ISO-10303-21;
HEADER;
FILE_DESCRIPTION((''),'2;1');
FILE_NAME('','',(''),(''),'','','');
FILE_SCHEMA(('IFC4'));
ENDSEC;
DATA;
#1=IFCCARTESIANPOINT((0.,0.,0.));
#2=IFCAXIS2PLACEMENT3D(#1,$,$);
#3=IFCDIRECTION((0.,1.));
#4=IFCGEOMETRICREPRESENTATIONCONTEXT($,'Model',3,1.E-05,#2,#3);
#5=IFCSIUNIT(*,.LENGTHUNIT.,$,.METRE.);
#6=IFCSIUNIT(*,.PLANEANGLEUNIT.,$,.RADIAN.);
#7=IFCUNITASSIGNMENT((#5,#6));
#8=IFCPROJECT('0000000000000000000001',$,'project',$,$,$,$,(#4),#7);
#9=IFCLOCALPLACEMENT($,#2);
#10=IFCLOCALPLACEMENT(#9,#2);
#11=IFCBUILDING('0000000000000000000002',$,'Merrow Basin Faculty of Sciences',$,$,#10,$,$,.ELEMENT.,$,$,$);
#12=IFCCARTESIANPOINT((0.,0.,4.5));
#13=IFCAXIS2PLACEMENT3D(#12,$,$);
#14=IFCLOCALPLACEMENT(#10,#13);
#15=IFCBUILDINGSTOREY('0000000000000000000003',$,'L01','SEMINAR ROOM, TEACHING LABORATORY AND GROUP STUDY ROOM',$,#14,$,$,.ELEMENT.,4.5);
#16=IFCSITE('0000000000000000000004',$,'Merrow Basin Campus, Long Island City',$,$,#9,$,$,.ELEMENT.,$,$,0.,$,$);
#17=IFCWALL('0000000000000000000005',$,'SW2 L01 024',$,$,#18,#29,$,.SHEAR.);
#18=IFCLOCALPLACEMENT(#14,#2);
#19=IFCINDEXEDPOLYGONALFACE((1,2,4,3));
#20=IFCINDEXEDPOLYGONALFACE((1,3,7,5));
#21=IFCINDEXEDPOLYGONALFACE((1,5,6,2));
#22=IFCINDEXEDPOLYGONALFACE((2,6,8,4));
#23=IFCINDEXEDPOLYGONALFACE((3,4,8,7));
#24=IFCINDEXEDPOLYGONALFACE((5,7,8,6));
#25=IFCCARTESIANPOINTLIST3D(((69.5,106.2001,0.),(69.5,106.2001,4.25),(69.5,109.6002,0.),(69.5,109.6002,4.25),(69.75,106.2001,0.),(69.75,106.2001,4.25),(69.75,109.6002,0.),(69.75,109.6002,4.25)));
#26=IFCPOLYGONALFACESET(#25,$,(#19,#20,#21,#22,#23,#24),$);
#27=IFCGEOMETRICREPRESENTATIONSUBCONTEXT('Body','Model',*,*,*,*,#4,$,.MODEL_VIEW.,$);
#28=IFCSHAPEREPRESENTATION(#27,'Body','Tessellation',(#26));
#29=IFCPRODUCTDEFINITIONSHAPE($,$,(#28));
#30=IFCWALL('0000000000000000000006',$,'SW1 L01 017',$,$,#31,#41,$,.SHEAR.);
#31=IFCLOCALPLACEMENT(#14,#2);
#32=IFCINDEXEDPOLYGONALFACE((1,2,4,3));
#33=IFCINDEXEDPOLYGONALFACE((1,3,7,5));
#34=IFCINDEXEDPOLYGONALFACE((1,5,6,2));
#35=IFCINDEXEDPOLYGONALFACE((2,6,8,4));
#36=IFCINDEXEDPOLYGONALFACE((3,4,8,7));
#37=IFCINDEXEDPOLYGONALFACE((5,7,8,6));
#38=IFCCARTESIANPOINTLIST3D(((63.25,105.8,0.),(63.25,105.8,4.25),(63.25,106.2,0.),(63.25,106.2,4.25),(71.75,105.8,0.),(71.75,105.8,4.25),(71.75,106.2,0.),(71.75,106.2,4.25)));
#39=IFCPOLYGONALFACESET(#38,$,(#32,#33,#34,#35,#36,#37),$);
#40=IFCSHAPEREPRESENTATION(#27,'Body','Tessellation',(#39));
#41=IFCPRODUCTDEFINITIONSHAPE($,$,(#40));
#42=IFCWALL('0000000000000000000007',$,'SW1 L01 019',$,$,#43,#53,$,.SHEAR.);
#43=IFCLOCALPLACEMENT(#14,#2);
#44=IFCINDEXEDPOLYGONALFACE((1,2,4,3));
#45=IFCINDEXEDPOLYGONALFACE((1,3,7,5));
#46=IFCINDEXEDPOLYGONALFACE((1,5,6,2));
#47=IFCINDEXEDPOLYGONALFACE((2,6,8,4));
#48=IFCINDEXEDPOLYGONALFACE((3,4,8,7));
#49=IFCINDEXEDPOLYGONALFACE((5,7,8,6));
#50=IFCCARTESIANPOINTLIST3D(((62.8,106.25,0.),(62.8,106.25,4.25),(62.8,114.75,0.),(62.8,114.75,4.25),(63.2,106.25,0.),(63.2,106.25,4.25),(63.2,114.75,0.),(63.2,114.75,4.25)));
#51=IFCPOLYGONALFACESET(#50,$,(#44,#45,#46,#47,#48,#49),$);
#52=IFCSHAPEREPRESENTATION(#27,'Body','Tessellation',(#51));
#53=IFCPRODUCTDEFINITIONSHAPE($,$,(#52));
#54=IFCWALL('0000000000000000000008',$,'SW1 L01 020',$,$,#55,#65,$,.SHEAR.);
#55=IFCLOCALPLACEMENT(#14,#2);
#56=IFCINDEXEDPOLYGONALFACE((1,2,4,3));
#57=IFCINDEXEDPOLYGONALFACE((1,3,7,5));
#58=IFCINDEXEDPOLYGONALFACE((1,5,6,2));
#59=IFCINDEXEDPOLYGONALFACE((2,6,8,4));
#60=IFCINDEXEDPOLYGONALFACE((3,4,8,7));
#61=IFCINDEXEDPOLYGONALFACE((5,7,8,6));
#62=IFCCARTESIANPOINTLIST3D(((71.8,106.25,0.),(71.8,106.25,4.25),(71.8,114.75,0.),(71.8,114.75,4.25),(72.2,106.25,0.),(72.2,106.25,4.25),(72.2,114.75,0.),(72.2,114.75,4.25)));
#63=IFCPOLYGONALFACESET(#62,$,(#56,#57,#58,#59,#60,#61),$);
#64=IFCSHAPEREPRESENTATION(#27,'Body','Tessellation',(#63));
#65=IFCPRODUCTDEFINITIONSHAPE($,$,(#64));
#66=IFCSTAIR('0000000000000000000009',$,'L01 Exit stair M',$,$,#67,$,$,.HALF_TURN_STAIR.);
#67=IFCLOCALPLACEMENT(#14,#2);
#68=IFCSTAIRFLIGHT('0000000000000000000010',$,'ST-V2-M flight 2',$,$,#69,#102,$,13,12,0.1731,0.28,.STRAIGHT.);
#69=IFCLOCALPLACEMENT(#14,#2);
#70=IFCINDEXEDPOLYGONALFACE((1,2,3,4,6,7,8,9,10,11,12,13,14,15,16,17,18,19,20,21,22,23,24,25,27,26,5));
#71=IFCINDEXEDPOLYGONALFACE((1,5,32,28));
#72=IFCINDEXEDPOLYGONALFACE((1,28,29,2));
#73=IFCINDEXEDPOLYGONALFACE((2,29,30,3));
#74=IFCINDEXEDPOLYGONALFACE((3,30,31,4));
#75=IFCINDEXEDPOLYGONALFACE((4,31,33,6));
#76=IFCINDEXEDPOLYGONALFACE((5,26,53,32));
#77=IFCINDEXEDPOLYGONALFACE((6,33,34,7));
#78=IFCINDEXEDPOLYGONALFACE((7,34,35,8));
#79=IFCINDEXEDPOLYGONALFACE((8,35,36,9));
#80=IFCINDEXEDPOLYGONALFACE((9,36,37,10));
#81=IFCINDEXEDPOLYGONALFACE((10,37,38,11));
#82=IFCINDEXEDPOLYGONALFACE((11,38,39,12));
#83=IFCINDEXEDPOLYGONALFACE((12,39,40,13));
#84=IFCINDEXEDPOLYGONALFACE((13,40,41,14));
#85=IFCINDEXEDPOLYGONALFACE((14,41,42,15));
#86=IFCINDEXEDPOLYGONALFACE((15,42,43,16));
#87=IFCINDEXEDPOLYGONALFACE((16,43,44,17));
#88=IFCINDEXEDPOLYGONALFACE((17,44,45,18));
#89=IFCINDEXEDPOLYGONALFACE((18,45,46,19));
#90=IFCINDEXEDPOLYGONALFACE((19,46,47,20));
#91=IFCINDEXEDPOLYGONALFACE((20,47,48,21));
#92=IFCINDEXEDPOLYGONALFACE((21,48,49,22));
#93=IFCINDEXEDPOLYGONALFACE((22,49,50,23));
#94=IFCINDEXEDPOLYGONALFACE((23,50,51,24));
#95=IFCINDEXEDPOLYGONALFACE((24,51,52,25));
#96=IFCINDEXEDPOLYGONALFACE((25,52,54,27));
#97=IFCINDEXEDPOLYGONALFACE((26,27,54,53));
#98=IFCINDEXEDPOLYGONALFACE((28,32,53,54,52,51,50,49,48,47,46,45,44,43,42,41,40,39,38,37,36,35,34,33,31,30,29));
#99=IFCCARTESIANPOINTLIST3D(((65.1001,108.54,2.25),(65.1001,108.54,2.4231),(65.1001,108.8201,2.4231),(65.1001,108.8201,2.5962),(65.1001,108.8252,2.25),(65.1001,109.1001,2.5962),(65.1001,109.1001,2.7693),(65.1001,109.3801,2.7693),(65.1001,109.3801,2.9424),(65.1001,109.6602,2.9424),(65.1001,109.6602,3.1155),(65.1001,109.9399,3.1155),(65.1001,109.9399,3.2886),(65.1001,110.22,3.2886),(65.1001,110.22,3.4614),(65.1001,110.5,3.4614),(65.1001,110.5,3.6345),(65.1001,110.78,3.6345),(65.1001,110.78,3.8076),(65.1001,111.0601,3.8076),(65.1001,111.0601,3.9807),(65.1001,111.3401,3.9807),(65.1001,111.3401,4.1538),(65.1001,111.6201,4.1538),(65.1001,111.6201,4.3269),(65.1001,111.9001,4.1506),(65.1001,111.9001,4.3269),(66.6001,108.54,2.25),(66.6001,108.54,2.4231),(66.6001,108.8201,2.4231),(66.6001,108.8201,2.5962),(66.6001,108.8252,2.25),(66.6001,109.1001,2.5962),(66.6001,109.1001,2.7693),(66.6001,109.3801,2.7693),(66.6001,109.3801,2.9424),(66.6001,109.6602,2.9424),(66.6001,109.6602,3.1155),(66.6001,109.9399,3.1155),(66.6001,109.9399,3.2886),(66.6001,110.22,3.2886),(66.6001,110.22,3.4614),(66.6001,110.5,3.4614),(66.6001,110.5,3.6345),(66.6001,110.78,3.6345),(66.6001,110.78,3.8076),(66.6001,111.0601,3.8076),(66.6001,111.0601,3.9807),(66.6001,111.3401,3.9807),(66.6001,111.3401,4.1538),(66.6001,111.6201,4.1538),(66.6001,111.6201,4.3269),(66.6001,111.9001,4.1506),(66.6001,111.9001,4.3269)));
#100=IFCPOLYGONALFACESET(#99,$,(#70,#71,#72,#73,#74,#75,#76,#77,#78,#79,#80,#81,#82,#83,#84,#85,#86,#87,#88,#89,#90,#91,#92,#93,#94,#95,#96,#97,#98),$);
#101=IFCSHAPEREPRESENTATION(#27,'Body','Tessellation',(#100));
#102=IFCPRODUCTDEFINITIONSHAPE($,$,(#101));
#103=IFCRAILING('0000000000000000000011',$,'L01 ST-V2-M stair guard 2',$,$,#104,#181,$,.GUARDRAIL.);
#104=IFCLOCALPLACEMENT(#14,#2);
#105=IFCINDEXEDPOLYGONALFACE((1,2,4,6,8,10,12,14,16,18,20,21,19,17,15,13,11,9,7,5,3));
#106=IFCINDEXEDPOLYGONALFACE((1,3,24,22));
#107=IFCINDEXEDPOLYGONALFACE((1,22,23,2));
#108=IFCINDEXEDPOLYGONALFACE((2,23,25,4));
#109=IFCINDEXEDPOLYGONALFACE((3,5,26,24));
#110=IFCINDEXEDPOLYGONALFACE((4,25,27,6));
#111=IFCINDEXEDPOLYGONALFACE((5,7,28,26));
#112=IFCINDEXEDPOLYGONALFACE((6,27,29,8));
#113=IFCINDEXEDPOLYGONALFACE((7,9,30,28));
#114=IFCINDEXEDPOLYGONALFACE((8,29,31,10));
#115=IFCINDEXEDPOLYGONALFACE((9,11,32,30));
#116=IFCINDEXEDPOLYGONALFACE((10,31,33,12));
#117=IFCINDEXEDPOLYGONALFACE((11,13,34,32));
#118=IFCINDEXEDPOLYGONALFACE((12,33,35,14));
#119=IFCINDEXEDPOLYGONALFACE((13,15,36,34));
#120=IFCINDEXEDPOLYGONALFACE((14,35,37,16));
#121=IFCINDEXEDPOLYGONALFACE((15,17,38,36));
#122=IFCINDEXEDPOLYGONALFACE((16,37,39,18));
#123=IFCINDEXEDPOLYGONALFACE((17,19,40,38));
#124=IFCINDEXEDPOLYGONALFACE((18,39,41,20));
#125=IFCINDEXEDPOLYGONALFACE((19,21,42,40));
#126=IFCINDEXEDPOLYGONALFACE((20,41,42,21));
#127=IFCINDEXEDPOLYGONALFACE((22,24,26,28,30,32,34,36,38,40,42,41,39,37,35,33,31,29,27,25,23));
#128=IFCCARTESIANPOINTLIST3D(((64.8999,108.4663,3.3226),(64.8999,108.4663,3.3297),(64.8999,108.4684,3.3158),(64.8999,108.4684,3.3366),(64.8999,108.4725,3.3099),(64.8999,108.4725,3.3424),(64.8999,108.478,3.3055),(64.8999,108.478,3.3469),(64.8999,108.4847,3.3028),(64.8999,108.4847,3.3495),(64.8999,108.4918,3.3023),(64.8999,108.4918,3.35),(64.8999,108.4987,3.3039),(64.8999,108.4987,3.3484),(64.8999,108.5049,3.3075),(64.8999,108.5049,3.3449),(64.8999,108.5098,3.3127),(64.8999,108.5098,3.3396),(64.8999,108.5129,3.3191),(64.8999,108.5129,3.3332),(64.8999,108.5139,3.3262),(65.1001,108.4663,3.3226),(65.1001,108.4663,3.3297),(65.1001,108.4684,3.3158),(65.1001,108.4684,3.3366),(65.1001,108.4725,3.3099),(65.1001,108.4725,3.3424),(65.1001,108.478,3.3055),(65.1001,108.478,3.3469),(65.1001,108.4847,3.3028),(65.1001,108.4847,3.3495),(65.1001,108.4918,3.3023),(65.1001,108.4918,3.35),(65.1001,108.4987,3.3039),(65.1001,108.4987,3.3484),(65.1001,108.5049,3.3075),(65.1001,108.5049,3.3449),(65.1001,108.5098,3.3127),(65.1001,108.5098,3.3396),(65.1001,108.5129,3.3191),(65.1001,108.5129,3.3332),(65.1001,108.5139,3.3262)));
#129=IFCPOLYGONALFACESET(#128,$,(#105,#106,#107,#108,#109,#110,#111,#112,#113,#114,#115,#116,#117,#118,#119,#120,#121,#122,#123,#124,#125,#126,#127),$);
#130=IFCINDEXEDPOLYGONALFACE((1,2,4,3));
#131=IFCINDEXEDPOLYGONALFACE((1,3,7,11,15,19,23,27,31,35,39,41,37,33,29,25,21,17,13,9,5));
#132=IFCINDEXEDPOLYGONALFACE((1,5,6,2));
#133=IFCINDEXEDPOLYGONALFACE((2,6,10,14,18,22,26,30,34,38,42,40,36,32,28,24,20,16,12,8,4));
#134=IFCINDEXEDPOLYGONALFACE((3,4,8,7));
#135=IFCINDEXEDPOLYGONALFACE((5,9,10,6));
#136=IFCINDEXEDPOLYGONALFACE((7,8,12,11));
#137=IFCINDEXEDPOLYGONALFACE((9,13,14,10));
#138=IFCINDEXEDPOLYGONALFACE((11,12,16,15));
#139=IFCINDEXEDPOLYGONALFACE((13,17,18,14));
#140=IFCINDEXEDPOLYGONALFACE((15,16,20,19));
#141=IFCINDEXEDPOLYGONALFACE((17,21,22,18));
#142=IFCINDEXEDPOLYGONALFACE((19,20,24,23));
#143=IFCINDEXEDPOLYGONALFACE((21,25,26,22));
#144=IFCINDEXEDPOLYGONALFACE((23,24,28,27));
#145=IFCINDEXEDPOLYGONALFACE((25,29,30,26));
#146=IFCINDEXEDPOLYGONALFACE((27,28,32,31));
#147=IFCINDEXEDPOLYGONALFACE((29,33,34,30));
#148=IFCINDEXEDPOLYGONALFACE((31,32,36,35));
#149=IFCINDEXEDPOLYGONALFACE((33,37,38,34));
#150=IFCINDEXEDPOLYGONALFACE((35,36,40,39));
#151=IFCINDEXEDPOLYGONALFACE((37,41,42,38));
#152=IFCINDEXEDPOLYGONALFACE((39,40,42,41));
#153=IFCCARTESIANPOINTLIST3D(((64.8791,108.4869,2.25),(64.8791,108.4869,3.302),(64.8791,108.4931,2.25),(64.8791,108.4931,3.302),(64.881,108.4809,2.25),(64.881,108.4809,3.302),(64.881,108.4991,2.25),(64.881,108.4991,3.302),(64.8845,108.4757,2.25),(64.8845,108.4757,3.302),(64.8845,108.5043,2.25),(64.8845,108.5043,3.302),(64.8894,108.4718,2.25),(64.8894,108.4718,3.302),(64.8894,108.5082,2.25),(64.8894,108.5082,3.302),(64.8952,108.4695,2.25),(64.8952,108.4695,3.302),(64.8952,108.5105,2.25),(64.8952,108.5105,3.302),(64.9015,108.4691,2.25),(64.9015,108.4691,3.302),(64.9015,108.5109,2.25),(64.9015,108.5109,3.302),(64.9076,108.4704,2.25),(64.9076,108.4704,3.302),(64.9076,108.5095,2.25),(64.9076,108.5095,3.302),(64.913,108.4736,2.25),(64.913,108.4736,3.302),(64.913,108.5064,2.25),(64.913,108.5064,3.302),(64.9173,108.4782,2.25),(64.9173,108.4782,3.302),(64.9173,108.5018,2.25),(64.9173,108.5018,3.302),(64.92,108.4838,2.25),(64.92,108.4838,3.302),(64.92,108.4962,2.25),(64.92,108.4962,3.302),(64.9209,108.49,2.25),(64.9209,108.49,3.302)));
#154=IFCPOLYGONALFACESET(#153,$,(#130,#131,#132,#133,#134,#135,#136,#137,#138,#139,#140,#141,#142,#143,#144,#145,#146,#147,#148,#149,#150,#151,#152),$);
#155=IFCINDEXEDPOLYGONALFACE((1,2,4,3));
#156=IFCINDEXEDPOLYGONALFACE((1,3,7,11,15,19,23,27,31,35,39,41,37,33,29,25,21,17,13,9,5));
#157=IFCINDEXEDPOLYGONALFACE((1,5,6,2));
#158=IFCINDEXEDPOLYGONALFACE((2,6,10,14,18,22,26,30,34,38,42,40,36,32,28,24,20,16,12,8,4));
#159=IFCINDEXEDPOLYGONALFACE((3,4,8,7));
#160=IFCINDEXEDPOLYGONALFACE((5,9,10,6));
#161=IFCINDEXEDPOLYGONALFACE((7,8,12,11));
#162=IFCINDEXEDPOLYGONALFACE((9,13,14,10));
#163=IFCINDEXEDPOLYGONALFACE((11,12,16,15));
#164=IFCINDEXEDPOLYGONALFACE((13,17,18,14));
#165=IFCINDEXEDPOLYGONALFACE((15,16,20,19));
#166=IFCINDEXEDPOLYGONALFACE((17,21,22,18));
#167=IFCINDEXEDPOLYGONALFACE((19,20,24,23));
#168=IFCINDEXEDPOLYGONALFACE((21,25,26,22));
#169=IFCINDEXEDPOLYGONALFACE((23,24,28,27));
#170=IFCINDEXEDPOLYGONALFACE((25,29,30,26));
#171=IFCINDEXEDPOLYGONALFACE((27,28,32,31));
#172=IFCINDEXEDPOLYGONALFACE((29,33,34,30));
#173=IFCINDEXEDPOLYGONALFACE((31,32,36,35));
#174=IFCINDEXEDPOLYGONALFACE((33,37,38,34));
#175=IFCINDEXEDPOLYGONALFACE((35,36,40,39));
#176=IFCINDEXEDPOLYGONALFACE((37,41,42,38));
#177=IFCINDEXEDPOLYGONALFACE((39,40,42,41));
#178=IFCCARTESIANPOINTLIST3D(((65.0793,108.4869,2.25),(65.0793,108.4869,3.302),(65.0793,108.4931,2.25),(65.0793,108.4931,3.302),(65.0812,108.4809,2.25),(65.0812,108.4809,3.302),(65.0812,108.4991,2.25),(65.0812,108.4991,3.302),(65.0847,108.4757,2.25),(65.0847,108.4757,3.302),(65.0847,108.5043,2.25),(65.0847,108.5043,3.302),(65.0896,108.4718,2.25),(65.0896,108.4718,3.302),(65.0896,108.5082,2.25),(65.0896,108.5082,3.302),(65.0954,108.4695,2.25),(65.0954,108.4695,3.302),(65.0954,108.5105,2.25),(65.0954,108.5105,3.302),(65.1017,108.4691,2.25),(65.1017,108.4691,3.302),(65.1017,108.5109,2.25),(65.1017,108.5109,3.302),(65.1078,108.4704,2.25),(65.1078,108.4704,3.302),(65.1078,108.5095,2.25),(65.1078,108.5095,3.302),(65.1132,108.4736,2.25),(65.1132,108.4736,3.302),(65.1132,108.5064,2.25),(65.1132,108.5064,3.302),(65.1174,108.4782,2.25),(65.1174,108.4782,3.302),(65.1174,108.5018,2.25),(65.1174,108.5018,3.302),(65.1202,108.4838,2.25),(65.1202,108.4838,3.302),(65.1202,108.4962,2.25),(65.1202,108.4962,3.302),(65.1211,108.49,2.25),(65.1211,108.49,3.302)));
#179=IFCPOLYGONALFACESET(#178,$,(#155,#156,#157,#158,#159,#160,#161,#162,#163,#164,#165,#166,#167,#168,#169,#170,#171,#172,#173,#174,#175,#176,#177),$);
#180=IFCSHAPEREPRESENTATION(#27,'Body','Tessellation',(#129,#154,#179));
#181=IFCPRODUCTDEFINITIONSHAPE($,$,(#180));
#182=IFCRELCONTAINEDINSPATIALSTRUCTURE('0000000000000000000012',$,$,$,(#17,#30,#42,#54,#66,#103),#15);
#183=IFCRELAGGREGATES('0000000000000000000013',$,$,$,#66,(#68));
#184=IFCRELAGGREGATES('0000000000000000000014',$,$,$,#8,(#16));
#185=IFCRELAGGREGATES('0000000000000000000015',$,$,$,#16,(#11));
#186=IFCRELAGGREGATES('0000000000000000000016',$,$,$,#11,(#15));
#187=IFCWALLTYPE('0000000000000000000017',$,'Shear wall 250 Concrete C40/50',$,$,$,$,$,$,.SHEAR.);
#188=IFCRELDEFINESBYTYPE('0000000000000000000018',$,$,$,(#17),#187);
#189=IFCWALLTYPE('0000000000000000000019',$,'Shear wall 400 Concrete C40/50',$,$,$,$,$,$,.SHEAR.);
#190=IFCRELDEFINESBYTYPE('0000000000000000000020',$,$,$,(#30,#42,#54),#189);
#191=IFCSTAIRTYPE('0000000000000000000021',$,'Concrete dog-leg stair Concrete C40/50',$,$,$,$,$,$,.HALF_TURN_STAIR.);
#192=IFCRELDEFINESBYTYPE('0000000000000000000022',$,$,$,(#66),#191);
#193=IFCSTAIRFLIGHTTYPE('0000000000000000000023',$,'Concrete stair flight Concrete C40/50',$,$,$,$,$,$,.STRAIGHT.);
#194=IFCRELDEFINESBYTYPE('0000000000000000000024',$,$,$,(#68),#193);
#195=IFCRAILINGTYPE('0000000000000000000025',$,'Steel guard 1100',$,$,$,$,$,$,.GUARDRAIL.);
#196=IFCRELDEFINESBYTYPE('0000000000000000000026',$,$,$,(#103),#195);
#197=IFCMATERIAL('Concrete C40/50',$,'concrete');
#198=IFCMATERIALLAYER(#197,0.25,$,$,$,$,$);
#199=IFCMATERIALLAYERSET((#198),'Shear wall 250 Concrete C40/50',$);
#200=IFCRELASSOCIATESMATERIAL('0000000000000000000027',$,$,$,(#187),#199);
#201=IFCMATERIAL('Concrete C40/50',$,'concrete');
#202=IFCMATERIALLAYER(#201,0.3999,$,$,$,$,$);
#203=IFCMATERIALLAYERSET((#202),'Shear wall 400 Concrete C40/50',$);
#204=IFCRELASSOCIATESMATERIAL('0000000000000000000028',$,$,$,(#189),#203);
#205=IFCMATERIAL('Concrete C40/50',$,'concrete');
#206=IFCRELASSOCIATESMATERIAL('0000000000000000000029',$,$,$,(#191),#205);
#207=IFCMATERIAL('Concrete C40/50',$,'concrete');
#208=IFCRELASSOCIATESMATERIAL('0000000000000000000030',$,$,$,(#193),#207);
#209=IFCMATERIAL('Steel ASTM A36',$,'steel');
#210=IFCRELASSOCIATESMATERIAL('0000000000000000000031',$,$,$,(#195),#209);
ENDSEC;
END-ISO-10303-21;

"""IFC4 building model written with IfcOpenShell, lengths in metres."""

from ifc_helpers import new_model, si_unit, direction, frame, frame_2d, origin, origin_2d, place, context, subcontext, project, spatial, polyline, rectangle, circle, outline, extrude, material, layer, layer_set, type_object, element, aggregate, save


model = new_model("IFC4")

# Units and contexts
model_context = context("Model", 3, precision=1e-05, world=origin(), true_north=direction((0.0, 1.0)))
body_context = subcontext(model_context, "Body", "Model", "MODEL_VIEW")
ifc_project = project(units=[si_unit("LENGTHUNIT", "METRE"), si_unit("PLANEANGLEUNIT", "RADIAN")], contexts=[model_context])

# Site, building, storey
site_placement = place(None, origin())
site = spatial("IfcSite", under=ifc_project, at=site_placement, Name="Merrow Basin Campus, Long Island City", CompositionType="ELEMENT", RefElevation=0.0)
building_placement = place(site_placement, origin())
building = spatial("IfcBuilding", under=site, at=building_placement, Name="Merrow Basin Faculty of Sciences", CompositionType="ELEMENT")
storey_placement = place(building_placement, frame((0.0, 0.0, 4.5)))
storey = spatial("IfcBuildingStorey", under=building, at=storey_placement, Name="L01", Description="SEMINAR ROOM, TEACHING LABORATORY AND GROUP STUDY ROOM", CompositionType="ELEMENT", Elevation=4.5)

# Shared definitions
ifc_material_1 = material(Name="Concrete C40/50", Category="concrete")
ifc_layer_1 = layer(ifc_material_1, 0.25)
ifc_layer_set_1 = layer_set([ifc_layer_1], Name="Shear wall 250 Concrete C40/50")
wall_type_1 = type_object("IfcWallType", Name="Shear wall 250 Concrete C40/50", PredefinedType="SHEAR", material=ifc_layer_set_1)

# Walls
wall_1_placement = place(storey_placement, frame((69.625, 106.2, 0.0), z_axis=(0.0, 0.0, 1.0), x_axis=(0.0, 1.0, 0.0)))
element("IfcWall", 1, at=wall_1_placement, inside=storey, type_object=wall_type_1, Name="SW2 L01 024", PredefinedType="SHEAR", context=body_context, shape_type="SweptSolid", body=[
    extrude(rectangle(XDim=3.4001, YDim=0.25, at=frame_2d((1.7002, 0.0))), origin(), (0.0, 0.0, 1.0), 4.25),
])
ifc_material_2 = material(Name="Concrete C40/50", Category="concrete")
ifc_layer_2 = layer(ifc_material_2, 0.3999)
ifc_layer_set_2 = layer_set([ifc_layer_2], Name="Shear wall 400 Concrete C40/50")
wall_type_2 = type_object("IfcWallType", Name="Shear wall 400 Concrete C40/50", PredefinedType="SHEAR", material=ifc_layer_set_2)
for number, where, z_axis, x_axis, name in (
    (2, (63.25, 106.0, 0.0), (0.0, 0.0, 1.0), (1.0, 0.0, 0.0), "SW1 L01 017"),
    (3, (63.0, 106.25, 0.0), (0.0, 0.0, 1.0), (0.0, 1.0, 0.0), "SW1 L01 019"),
    (4, (72.0, 106.25, 0.0), (0.0, 0.0, 1.0), (0.0, 1.0, 0.0), "SW1 L01 020"),
):
    element("IfcWall", number, at=place(storey_placement, frame(where, z_axis=z_axis, x_axis=x_axis)), inside=storey, type_object=wall_type_2, Name=name, PredefinedType="SHEAR", context=body_context, shape_type="SweptSolid", body=[
        extrude(rectangle(XDim=8.5, YDim=0.3999, at=frame_2d((4.25, 0.0))), origin(), (0.0, 0.0, 1.0), 4.25),
    ])

# Stair, stair flight
ifc_material_3 = material(Name="Concrete C40/50", Category="concrete")
stair_type = type_object("IfcStairType", Name="Concrete dog-leg stair Concrete C40/50", PredefinedType="HALF_TURN_STAIR", material=ifc_material_3)
stair_placement = place(storey_placement, origin())
stair = element("IfcStair", 5, at=stair_placement, inside=storey, type_object=stair_type, Name="L01 Exit stair M", PredefinedType="HALF_TURN_STAIR")
ifc_material_4 = material(Name="Concrete C40/50", Category="concrete")
stair_flight_type = type_object("IfcStairFlightType", Name="Concrete stair flight Concrete C40/50", PredefinedType="STRAIGHT", material=ifc_material_4)
stair_flight_placement = place(storey_placement, frame((65.8501, 108.54, 2.25), z_axis=(0.0, 0.0, 1.0), x_axis=(0.0, 1.0, 0.0)))
stair_flight = element("IfcStairFlight", 6, at=stair_flight_placement, type_object=stair_flight_type, Name="ST-V2-M flight 2", NumberOfRisers=13, NumberOfTreads=12, PredefinedType="STRAIGHT", RiserHeight=0.1731, TreadLength=0.28, context=body_context, shape_type="SweptSolid", body=[
    extrude(outline(polyline([(0.0, 0.0), (0.0, 0.1731), (0.28, 0.1731), (0.28, 0.3462), (0.5601, 0.3462), (0.5601, 0.5193), (0.8401, 0.5193), (0.8401, 0.6924), (1.1201, 0.6924), (1.1201, 0.8655), (1.3999, 0.8655), (1.3999, 1.0386), (1.6799, 1.0386), (1.6799, 1.2114), (1.96, 1.2114), (1.96, 1.3845), (2.24, 1.3845), (2.24, 1.5576), (2.52, 1.5576), (2.52, 1.7307), (2.8, 1.7307), (2.8, 1.9038), (3.0801, 1.9038), (3.0801, 2.0769), (3.3601, 2.0769), (3.3601, 2.25), (3.3601, 1.9006), (0.2852, 0.0), (0.0, 0.0)])), frame((0.0, 0.75, 0.0), z_axis=(0.0, -1.0, 0.0), x_axis=(1.0, 0.0, 0.0)), (0.0, 0.0, 1.0), 1.5),
])
aggregate(stair, [stair_flight])

# Railing
ifc_material_5 = material(Name="Steel ASTM A36", Category="steel")
railing_type = type_object("IfcRailingType", Name="Steel guard 1100", PredefinedType="GUARDRAIL", material=ifc_material_5)
railing_1_placement = place(storey_placement, frame((64.8999, 108.49, 2.25)))
element("IfcRailing", 7, at=railing_1_placement, inside=storey, type_object=railing_type, Name="L01 ST-V2-M stair guard 2", PredefinedType="GUARDRAIL", context=body_context, shape_type="SweptSolid", body=[
    extrude(circle(Radius=0.0239, at=origin_2d()), frame((0.0, 0.0, 1.0762), z_axis=(1.0, 0.0, 0.0), x_axis=(0.0, 1.0, 0.0)), (0.0, 0.0, 1.0), 0.2002),
    extrude(circle(Radius=0.021, at=origin_2d()), origin(), (0.0, 0.0, 1.0), 1.052),
    extrude(circle(Radius=0.021, at=origin_2d()), frame((0.2002, 0.0, 0.0)), (0.0, 0.0, 1.0), 1.052),
])

save(model, "model.ifc")
